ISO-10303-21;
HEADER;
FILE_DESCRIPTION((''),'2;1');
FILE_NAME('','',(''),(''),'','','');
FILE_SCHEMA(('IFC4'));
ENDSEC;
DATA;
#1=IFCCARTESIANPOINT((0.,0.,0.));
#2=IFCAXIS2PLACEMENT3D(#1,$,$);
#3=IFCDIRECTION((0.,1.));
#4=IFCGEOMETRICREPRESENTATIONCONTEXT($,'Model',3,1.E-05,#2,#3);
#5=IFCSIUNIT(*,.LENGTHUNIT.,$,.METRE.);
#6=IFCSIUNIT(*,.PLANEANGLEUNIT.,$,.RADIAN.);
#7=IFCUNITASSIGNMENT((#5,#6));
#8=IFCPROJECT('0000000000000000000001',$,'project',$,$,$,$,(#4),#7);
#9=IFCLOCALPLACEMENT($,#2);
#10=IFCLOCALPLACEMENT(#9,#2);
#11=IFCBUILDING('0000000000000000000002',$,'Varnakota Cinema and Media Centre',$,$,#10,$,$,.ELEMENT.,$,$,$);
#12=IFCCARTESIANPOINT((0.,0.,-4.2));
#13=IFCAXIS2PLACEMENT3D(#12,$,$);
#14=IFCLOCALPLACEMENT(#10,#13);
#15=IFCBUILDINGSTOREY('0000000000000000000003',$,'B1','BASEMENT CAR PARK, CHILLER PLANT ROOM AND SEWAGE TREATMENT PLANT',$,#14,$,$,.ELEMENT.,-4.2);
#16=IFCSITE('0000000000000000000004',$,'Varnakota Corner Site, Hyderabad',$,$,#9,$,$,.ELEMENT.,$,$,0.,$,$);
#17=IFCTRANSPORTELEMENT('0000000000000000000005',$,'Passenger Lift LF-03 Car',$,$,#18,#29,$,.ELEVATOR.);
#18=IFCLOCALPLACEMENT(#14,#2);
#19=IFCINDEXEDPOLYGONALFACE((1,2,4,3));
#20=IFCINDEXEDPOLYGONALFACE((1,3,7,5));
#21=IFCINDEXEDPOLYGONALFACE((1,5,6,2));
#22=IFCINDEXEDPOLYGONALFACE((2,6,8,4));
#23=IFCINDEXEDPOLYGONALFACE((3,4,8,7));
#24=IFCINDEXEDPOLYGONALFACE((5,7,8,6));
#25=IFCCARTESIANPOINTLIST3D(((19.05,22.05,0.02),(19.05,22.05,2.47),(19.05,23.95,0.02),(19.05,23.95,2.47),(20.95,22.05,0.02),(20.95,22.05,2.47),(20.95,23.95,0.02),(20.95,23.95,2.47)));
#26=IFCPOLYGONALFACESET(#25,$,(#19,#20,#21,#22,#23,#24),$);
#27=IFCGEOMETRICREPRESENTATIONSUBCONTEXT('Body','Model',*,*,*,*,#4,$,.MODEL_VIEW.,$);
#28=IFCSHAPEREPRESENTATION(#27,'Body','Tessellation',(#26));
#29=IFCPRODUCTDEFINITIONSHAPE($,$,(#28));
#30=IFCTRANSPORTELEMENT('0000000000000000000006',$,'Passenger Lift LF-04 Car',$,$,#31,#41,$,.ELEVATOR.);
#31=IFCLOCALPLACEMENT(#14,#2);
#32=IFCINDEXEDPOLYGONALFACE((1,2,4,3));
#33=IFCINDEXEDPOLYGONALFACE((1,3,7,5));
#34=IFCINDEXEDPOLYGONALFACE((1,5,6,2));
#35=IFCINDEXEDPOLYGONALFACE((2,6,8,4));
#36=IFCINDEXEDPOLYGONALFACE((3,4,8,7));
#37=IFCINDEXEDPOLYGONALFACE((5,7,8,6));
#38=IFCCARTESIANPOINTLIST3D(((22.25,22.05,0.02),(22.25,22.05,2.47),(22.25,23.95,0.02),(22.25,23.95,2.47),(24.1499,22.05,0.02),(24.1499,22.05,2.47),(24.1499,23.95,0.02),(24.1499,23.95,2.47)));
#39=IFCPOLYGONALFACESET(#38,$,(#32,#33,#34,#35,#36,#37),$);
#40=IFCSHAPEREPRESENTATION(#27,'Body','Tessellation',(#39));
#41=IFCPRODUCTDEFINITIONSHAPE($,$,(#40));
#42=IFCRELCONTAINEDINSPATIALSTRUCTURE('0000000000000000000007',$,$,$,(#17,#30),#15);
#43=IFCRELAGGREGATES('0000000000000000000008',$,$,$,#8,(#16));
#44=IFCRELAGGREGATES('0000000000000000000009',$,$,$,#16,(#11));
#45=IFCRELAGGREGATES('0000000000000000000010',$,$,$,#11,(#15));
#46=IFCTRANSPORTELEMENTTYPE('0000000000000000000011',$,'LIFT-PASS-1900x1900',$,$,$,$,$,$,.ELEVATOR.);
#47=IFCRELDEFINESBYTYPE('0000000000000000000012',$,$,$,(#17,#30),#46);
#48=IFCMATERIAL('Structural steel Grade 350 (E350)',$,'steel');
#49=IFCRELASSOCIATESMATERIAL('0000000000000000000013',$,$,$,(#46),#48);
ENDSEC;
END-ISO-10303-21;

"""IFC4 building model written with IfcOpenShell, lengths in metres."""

from ifc_helpers import new_model, si_unit, direction, frame, origin, origin_2d, place, context, subcontext, project, spatial, rectangle, extrude, material, type_object, element, save


model = new_model("IFC4")

# Units and contexts
model_context = context("Model", 3, precision=1e-05, world=origin(), true_north=direction((0.0, 1.0)))
body_context = subcontext(model_context, "Body", "Model", "MODEL_VIEW")
ifc_project = project(units=[si_unit("LENGTHUNIT", "METRE"), si_unit("PLANEANGLEUNIT", "RADIAN")], contexts=[model_context])

# Site, building, storey
site_placement = place(None, origin())
site = spatial("IfcSite", under=ifc_project, at=site_placement, Name="Varnakota Corner Site, Hyderabad", CompositionType="ELEMENT", RefElevation=0.0)
building_placement = place(site_placement, origin())
building = spatial("IfcBuilding", under=site, at=building_placement, Name="Varnakota Cinema and Media Centre", CompositionType="ELEMENT")
storey_placement = place(building_placement, frame((0.0, 0.0, -4.2)))
storey = spatial("IfcBuildingStorey", under=building, at=storey_placement, Name="B1", Description="BASEMENT CAR PARK, CHILLER PLANT ROOM AND SEWAGE TREATMENT PLANT", CompositionType="ELEMENT", Elevation=-4.2)

# Transport elements
ifc_material_1 = material(Name="Structural steel Grade 350 (E350)", Category="steel")
transport_element_type = type_object("IfcTransportElementType", Name="LIFT-PASS-1900x1900", PredefinedType="ELEVATOR", material=ifc_material_1)
for number, where, z_axis, x_axis, name in (
    (1, (20.0, 23.0, 0.02), (0.0, 0.0, 1.0), (1.0, 0.0, 0.0), "Passenger Lift LF-03 Car"),
    (2, (23.2, 23.0, 0.02), (0.0, 0.0, 1.0), (1.0, 0.0, 0.0), "Passenger Lift LF-04 Car"),
):
    element("IfcTransportElement", number, at=place(storey_placement, frame(where, z_axis=z_axis, x_axis=x_axis)), inside=storey, type_object=transport_element_type, Name=name, PredefinedType="ELEVATOR", context=body_context, shape_type="SweptSolid", body=[
        extrude(rectangle(XDim=1.8999, YDim=1.8999, at=origin_2d()), origin(), (0.0, 0.0, 1.0), 2.45),
    ])

save(model, "model.ifc")
